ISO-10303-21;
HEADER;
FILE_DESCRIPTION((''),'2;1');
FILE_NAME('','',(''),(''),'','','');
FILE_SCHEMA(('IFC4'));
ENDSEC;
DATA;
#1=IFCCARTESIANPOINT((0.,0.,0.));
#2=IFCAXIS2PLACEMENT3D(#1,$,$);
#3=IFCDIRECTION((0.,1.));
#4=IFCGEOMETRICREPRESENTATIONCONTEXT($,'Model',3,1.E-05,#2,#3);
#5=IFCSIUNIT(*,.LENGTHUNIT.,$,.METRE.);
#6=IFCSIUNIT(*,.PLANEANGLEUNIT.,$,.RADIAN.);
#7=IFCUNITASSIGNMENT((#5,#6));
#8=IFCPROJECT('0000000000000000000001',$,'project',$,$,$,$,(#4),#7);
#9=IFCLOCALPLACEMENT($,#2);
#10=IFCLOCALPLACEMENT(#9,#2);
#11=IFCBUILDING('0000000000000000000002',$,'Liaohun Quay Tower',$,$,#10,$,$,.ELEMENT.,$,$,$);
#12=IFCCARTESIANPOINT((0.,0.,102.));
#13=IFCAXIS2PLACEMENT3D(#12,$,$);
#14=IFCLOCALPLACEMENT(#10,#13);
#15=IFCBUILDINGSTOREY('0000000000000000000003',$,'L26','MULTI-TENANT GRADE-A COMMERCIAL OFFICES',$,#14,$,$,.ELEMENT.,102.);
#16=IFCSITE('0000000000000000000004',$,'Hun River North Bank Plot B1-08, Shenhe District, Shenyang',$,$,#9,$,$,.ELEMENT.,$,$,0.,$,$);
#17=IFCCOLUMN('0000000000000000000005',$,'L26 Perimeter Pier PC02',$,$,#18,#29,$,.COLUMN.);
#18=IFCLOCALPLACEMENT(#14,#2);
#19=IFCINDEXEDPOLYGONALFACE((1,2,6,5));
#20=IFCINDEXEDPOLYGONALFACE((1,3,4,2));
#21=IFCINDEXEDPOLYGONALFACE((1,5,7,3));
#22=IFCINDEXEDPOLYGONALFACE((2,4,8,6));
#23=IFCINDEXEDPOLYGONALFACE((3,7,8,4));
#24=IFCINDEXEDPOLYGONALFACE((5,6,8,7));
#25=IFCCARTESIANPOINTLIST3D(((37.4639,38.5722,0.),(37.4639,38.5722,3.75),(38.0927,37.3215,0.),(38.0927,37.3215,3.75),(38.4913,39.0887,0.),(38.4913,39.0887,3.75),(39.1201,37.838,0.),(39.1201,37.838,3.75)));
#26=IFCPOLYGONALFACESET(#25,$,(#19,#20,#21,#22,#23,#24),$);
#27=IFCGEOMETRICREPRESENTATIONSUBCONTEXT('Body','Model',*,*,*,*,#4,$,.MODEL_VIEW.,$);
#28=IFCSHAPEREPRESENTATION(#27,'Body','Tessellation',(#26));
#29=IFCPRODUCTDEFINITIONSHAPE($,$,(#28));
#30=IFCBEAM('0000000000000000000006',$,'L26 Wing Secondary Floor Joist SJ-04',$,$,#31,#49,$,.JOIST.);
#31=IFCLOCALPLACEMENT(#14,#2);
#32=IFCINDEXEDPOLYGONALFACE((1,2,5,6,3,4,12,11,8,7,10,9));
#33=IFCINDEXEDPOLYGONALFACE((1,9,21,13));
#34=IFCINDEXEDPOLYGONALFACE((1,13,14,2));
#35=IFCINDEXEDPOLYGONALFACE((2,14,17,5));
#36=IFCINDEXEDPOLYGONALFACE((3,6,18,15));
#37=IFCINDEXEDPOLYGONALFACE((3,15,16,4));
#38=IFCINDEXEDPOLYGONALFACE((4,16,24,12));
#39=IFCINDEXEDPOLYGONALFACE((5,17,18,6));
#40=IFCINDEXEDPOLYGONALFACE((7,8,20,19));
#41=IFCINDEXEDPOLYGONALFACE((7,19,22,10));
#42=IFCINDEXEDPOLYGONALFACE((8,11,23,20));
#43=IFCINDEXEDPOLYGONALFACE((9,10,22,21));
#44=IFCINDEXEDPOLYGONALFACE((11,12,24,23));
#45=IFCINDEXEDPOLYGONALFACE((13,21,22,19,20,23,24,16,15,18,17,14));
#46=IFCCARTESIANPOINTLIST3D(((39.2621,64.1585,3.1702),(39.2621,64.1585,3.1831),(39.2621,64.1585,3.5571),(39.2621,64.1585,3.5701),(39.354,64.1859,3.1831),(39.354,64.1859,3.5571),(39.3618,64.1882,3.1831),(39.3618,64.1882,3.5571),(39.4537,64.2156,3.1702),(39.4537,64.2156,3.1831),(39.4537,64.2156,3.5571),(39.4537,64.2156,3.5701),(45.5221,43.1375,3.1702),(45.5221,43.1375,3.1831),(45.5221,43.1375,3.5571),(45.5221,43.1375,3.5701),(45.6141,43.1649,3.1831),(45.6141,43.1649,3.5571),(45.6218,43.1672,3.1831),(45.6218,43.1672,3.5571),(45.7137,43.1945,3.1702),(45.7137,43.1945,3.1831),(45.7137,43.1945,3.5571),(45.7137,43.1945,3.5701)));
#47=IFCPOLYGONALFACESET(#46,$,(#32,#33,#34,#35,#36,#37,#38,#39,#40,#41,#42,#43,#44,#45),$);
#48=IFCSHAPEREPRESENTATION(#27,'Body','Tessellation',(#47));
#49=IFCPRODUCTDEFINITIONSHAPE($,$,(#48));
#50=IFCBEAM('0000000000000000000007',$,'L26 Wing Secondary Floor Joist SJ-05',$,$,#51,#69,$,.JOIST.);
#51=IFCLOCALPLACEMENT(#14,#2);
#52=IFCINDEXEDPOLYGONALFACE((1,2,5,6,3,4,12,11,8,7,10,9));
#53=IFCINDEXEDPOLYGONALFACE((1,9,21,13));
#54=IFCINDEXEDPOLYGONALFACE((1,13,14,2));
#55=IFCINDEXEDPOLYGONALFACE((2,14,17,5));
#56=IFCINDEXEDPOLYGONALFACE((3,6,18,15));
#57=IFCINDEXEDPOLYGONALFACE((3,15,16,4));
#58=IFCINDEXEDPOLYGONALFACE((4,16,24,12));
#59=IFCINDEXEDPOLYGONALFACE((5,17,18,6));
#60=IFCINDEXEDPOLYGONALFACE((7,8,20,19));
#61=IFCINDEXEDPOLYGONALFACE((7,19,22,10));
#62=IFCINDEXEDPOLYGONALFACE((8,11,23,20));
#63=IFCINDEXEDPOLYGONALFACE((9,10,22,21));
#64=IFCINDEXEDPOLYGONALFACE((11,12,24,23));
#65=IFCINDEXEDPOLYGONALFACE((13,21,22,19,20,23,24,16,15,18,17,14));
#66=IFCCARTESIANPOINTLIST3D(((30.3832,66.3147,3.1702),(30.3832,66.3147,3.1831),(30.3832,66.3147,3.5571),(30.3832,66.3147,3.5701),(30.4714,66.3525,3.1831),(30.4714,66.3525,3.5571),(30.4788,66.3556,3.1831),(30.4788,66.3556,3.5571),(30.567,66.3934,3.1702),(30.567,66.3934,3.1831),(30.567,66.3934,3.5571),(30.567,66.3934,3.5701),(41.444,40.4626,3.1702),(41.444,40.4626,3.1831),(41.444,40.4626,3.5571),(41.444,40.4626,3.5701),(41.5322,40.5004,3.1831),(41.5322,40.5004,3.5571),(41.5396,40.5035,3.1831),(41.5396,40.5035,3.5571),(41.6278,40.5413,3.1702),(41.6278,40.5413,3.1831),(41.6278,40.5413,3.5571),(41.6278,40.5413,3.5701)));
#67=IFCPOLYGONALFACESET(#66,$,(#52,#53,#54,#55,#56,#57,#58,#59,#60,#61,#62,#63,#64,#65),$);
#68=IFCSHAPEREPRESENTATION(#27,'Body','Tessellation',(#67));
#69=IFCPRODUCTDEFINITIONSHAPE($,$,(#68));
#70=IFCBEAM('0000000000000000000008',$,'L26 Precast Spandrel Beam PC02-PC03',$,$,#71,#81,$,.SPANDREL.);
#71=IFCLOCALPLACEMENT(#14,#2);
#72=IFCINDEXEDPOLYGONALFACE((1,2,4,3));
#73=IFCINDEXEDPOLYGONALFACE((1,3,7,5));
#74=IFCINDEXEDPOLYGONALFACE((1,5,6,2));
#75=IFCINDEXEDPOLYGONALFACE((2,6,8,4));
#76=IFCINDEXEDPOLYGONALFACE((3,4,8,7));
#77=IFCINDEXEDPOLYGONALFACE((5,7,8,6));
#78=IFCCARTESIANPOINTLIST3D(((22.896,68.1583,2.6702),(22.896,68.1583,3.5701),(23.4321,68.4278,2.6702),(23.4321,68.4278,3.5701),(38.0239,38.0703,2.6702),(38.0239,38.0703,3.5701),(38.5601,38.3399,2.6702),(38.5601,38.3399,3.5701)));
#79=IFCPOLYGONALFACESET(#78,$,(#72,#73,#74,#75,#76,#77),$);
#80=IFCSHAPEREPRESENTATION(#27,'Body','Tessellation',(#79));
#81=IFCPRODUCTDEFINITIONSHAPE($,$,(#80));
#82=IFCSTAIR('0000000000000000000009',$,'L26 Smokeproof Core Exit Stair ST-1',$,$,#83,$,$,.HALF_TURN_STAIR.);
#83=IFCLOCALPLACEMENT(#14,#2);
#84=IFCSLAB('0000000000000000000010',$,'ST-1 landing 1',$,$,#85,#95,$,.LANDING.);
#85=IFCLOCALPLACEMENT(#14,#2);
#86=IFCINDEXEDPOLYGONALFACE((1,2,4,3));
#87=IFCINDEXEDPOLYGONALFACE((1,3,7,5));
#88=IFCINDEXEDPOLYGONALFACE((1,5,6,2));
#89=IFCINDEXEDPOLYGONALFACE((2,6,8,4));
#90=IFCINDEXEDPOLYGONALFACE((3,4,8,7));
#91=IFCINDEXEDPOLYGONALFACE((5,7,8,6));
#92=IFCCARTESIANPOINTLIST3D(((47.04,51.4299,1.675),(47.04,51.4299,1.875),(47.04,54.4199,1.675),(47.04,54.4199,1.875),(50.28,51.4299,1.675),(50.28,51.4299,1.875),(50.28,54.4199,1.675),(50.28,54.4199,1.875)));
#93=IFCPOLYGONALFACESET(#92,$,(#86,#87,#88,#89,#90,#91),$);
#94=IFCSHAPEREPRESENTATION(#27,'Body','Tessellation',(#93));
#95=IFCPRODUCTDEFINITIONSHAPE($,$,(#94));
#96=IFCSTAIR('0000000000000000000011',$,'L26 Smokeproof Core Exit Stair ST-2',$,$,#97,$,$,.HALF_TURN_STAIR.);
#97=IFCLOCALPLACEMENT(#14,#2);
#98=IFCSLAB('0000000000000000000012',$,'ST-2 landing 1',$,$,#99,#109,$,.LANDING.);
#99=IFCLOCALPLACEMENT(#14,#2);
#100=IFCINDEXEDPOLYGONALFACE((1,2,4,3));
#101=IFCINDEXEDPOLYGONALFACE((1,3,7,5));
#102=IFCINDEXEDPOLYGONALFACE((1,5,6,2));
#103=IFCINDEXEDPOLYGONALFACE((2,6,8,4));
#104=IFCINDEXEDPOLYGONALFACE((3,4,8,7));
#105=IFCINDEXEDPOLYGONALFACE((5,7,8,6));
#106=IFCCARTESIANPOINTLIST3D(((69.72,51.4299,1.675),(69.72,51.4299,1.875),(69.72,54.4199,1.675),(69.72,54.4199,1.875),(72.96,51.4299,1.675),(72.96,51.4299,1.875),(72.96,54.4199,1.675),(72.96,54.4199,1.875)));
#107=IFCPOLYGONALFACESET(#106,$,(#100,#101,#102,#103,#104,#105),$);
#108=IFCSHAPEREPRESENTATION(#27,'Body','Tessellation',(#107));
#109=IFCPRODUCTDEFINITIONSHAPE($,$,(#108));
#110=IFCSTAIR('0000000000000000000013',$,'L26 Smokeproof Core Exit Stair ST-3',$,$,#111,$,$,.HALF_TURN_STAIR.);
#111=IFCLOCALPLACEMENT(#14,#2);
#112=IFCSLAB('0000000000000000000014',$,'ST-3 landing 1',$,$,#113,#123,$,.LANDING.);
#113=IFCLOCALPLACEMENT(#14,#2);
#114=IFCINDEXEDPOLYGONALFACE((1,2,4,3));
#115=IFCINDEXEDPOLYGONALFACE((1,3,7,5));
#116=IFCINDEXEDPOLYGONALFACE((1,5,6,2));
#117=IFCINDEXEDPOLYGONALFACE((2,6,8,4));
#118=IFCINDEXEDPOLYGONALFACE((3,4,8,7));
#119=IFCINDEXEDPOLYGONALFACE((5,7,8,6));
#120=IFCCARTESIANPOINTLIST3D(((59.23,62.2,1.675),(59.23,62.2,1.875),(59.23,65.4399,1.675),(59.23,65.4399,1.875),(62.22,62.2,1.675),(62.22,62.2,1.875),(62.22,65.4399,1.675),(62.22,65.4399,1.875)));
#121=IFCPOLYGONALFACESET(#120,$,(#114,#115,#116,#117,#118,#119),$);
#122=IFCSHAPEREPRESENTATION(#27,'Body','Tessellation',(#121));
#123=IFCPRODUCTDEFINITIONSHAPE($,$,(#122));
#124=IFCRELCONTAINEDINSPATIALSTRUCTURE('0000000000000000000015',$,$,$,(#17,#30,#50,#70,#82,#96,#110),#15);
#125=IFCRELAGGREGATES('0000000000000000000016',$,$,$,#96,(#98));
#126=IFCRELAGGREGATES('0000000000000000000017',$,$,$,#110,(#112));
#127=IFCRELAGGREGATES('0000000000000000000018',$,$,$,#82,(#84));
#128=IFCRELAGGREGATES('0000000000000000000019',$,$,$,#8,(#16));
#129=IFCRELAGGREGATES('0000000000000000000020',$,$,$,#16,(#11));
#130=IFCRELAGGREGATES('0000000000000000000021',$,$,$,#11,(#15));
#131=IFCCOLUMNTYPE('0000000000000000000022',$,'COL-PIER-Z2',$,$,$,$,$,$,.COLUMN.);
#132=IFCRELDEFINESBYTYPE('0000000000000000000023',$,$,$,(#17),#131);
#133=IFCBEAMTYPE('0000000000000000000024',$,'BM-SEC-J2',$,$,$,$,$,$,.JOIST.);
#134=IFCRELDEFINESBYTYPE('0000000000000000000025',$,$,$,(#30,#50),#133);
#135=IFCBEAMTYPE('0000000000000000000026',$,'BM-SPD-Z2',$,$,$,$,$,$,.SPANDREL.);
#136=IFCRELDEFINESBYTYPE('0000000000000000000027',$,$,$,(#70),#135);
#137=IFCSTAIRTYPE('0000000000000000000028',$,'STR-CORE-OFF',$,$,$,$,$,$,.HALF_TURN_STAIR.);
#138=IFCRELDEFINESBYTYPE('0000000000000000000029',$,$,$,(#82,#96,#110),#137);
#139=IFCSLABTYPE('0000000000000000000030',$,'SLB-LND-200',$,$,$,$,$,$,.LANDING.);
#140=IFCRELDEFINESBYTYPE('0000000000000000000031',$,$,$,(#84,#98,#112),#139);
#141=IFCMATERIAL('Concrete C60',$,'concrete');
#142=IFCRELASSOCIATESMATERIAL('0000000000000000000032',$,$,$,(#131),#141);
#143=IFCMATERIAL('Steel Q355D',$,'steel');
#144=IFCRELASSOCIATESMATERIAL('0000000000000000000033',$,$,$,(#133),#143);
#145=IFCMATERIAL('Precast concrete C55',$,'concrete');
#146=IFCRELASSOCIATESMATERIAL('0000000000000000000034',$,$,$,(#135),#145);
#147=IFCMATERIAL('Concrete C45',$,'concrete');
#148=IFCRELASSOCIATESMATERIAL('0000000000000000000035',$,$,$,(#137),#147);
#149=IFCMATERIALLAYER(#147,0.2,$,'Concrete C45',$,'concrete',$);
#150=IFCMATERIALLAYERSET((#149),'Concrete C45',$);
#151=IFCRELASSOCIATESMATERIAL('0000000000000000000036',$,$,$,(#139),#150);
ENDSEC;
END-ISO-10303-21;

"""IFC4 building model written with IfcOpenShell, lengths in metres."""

from ifc_helpers import new_model, si_unit, direction, frame, origin, origin_2d, place, context, subcontext, project, spatial, polyline, rectangle, i_section, outline, extrude, source, transform, mapped, material, layer, layer_set, material_profile, profile_set, type_object, element, aggregate, save


model = new_model("IFC4")

# Units and contexts
model_context = context("Model", 3, precision=1e-05, world=origin(), true_north=direction((0.0, 1.0)))
body_context = subcontext(model_context, "Body", "Model", "MODEL_VIEW")
ifc_project = project(units=[si_unit("LENGTHUNIT", "METRE"), si_unit("PLANEANGLEUNIT", "RADIAN")], contexts=[model_context])

# Site, building, storey
site_placement = place(None, origin())
site = spatial("IfcSite", under=ifc_project, at=site_placement, Name="Hun River North Bank Plot B1-08, Shenhe District, Shenyang", CompositionType="ELEMENT", RefElevation=0.0)
building_placement = place(site_placement, origin())
building = spatial("IfcBuilding", under=site, at=building_placement, Name="Liaohun Quay Tower", CompositionType="ELEMENT")
storey_placement = place(building_placement, frame((0.0, 0.0, 102.0)))
storey = spatial("IfcBuildingStorey", under=building, at=storey_placement, Name="L26", Description="MULTI-TENANT GRADE-A COMMERCIAL OFFICES", CompositionType="ELEMENT", Elevation=102.0)

# Column
ifc_material_1 = material(Name="Concrete C60", Category="concrete")
ifc_material_profile_1 = material_profile(ifc_material_1, rectangle(XDim=1.3999, YDim=1.1499, at=origin_2d()), Name="RC1400x1150")
ifc_profile_set_1 = profile_set([ifc_material_profile_1], Name="Concrete C60")
column_type = type_object("IfcColumnType", Name="COL-PIER-Z2", PredefinedType="COLUMN", material=ifc_profile_set_1)
shared_shape_1 = source(origin(), body_context, "Body", "SweptSolid", [
    extrude(rectangle(XDim=1.3999, YDim=1.1499, at=origin_2d()), origin(), (0.0, 0.0, 1.0), 3.75),
])
column_placement = place(storey_placement, frame((38.292, 38.2051, 0.0), z_axis=(0.0, 0.0, 1.0), x_axis=(-0.449163, 0.89345, 0.0)))
element("IfcColumn", 1, at=column_placement, inside=storey, type_object=column_type, Name="L26 Perimeter Pier PC02", PredefinedType="COLUMN", context=body_context, shape_type="MappedRepresentation", body=[
    mapped(shared_shape_1, transform((0.0, 0.0, 0.0), x_axis=(1.0, 0.0, 0.0), y_axis=(0.0, 1.0, 0.0), z_axis=(0.0, 0.0, 1.0), scale=1.0)),
])

# Beams
ifc_material_2 = material(Name="Steel Q355D", Category="steel")
ifc_material_profile_2 = material_profile(ifc_material_2, i_section(OverallWidth=0.2, OverallDepth=0.3999, WebThickness=0.0081, FlangeThickness=0.0129, at=origin_2d()), Name="HN400x200x8x13")
ifc_profile_set_2 = profile_set([ifc_material_profile_2], Name="Steel Q355D")
beam_type_1 = type_object("IfcBeamType", Name="BM-SEC-J2", PredefinedType="JOIST", material=ifc_profile_set_2)
shared_shape_2 = source(origin(), body_context, "Body", "SweptSolid", [
    extrude(i_section(OverallWidth=0.2, OverallDepth=0.3999, WebThickness=0.0081, FlangeThickness=0.0129, at=origin_2d()), origin(), (0.0, 0.0, 1.0), 21.9333),
])
beam_1_placement = place(storey_placement, frame((45.6179, 43.166, 3.3701), z_axis=(-0.285411, 0.958405, 0.0), x_axis=(-0.958405, -0.285411, 0.0)))
element("IfcBeam", 2, at=beam_1_placement, inside=storey, type_object=beam_type_1, Name="L26 Wing Secondary Floor Joist SJ-04", PredefinedType="JOIST", context=body_context, shape_type="MappedRepresentation", body=[
    mapped(shared_shape_2, transform((0.0, 0.0, 0.0), x_axis=(1.0, 0.0, 0.0), y_axis=(0.0, 1.0, 0.0), z_axis=(0.0, 0.0, 1.0), scale=1.0)),
])
shared_shape_3 = source(origin(), body_context, "Body", "SweptSolid", [
    extrude(i_section(OverallWidth=0.2, OverallDepth=0.3999, WebThickness=0.0081, FlangeThickness=0.0129, at=origin_2d()), origin(), (0.0, 0.0, 1.0), 28.1189),
])
beam_2_placement = place(storey_placement, frame((41.5359, 40.502, 3.3701), z_axis=(-0.393359, 0.919385, 0.0), x_axis=(-0.919385, -0.393359, 0.0)))
element("IfcBeam", 3, at=beam_2_placement, inside=storey, type_object=beam_type_1, Name="L26 Wing Secondary Floor Joist SJ-05", PredefinedType="JOIST", context=body_context, shape_type="MappedRepresentation", body=[
    mapped(shared_shape_3, transform((0.0, 0.0, 0.0), x_axis=(1.0, 0.0, 0.0), y_axis=(0.0, 1.0, 0.0), z_axis=(0.0, 0.0, 1.0), scale=1.0)),
])
ifc_material_3 = material(Name="Precast concrete C55", Category="concrete")
ifc_material_profile_3 = material_profile(ifc_material_3, rectangle(XDim=0.6001, YDim=0.8999, at=origin_2d()), Name="RC600x900")
ifc_profile_set_3 = profile_set([ifc_material_profile_3], Name="Precast concrete C55")
beam_type_2 = type_object("IfcBeamType", Name="BM-SPD-Z2", PredefinedType="SPANDREL", material=ifc_profile_set_3)
shared_shape_4 = source(origin(), body_context, "Body", "SweptSolid", [
    extrude(rectangle(XDim=0.6001, YDim=0.8999, at=origin_2d()), origin(), (0.0, 0.0, 1.0), 33.677),
])
beam_3_placement = place(storey_placement, frame((38.292, 38.2051, 3.1201), z_axis=(-0.449208, 0.893427, 0.0), x_axis=(-0.893427, -0.449208, 0.0)))
element("IfcBeam", 4, at=beam_3_placement, inside=storey, type_object=beam_type_2, Name="L26 Precast Spandrel Beam PC02-PC03", PredefinedType="SPANDREL", context=body_context, shape_type="MappedRepresentation", body=[
    mapped(shared_shape_4, transform((0.0, 0.0, 0.0), x_axis=(1.0, 0.0, 0.0), y_axis=(0.0, 1.0, 0.0), z_axis=(0.0, 0.0, 1.0), scale=1.0)),
])

# Stairs, slabs
ifc_material_4 = material(Name="Concrete C45", Category="concrete")
stair_type = type_object("IfcStairType", Name="STR-CORE-OFF", PredefinedType="HALF_TURN_STAIR", material=ifc_material_4)
stair_1_placement = place(storey_placement, origin())
stair_1 = element("IfcStair", 5, at=stair_1_placement, inside=storey, type_object=stair_type, Name="L26 Smokeproof Core Exit Stair ST-1", PredefinedType="HALF_TURN_STAIR")
ifc_layer_1 = layer(ifc_material_4, 0.2, Name="Concrete C45", Category="concrete")
ifc_layer_set_1 = layer_set([ifc_layer_1], Name="Concrete C45")
slab_type_1 = type_object("IfcSlabType", Name="SLB-LND-200", PredefinedType="LANDING", material=ifc_layer_set_1)
slab_1_placement = place(storey_placement, frame((0.0, 0.0, 1.675)))
slab_1 = element("IfcSlab", 6, at=slab_1_placement, type_object=slab_type_1, Name="ST-1 landing 1", PredefinedType="LANDING", context=body_context, shape_type="SweptSolid", body=[
    extrude(outline(polyline([(50.28, 51.4299), (50.28, 54.4199), (47.04, 54.4199), (47.04, 51.4299), (50.28, 51.4299)])), origin(), (0.0, 0.0, 1.0), 0.2),
])
stair_2_placement = place(storey_placement, origin())
stair_2 = element("IfcStair", 7, at=stair_2_placement, inside=storey, type_object=stair_type, Name="L26 Smokeproof Core Exit Stair ST-2", PredefinedType="HALF_TURN_STAIR")
slab_2_placement = place(storey_placement, frame((0.0, 0.0, 1.675)))
slab_2 = element("IfcSlab", 8, at=slab_2_placement, type_object=slab_type_1, Name="ST-2 landing 1", PredefinedType="LANDING", context=body_context, shape_type="SweptSolid", body=[
    extrude(outline(polyline([(72.96, 51.4299), (72.96, 54.4199), (69.72, 54.4199), (69.72, 51.4299), (72.96, 51.4299)])), origin(), (0.0, 0.0, 1.0), 0.2),
])
aggregate(stair_2, [slab_2])
stair_3_placement = place(storey_placement, origin())
stair_3 = element("IfcStair", 9, at=stair_3_placement, inside=storey, type_object=stair_type, Name="L26 Smokeproof Core Exit Stair ST-3", PredefinedType="HALF_TURN_STAIR")
slab_3_placement = place(storey_placement, frame((0.0, 0.0, 1.675)))
slab_3 = element("IfcSlab", 10, at=slab_3_placement, type_object=slab_type_1, Name="ST-3 landing 1", PredefinedType="LANDING", context=body_context, shape_type="SweptSolid", body=[
    extrude(outline(polyline([(59.23, 62.2), (62.22, 62.2), (62.22, 65.4399), (59.23, 65.4399), (59.23, 62.2)])), origin(), (0.0, 0.0, 1.0), 0.2),
])
aggregate(stair_3, [slab_3])

aggregate(stair_1, [slab_1])

save(model, "model.ifc")
